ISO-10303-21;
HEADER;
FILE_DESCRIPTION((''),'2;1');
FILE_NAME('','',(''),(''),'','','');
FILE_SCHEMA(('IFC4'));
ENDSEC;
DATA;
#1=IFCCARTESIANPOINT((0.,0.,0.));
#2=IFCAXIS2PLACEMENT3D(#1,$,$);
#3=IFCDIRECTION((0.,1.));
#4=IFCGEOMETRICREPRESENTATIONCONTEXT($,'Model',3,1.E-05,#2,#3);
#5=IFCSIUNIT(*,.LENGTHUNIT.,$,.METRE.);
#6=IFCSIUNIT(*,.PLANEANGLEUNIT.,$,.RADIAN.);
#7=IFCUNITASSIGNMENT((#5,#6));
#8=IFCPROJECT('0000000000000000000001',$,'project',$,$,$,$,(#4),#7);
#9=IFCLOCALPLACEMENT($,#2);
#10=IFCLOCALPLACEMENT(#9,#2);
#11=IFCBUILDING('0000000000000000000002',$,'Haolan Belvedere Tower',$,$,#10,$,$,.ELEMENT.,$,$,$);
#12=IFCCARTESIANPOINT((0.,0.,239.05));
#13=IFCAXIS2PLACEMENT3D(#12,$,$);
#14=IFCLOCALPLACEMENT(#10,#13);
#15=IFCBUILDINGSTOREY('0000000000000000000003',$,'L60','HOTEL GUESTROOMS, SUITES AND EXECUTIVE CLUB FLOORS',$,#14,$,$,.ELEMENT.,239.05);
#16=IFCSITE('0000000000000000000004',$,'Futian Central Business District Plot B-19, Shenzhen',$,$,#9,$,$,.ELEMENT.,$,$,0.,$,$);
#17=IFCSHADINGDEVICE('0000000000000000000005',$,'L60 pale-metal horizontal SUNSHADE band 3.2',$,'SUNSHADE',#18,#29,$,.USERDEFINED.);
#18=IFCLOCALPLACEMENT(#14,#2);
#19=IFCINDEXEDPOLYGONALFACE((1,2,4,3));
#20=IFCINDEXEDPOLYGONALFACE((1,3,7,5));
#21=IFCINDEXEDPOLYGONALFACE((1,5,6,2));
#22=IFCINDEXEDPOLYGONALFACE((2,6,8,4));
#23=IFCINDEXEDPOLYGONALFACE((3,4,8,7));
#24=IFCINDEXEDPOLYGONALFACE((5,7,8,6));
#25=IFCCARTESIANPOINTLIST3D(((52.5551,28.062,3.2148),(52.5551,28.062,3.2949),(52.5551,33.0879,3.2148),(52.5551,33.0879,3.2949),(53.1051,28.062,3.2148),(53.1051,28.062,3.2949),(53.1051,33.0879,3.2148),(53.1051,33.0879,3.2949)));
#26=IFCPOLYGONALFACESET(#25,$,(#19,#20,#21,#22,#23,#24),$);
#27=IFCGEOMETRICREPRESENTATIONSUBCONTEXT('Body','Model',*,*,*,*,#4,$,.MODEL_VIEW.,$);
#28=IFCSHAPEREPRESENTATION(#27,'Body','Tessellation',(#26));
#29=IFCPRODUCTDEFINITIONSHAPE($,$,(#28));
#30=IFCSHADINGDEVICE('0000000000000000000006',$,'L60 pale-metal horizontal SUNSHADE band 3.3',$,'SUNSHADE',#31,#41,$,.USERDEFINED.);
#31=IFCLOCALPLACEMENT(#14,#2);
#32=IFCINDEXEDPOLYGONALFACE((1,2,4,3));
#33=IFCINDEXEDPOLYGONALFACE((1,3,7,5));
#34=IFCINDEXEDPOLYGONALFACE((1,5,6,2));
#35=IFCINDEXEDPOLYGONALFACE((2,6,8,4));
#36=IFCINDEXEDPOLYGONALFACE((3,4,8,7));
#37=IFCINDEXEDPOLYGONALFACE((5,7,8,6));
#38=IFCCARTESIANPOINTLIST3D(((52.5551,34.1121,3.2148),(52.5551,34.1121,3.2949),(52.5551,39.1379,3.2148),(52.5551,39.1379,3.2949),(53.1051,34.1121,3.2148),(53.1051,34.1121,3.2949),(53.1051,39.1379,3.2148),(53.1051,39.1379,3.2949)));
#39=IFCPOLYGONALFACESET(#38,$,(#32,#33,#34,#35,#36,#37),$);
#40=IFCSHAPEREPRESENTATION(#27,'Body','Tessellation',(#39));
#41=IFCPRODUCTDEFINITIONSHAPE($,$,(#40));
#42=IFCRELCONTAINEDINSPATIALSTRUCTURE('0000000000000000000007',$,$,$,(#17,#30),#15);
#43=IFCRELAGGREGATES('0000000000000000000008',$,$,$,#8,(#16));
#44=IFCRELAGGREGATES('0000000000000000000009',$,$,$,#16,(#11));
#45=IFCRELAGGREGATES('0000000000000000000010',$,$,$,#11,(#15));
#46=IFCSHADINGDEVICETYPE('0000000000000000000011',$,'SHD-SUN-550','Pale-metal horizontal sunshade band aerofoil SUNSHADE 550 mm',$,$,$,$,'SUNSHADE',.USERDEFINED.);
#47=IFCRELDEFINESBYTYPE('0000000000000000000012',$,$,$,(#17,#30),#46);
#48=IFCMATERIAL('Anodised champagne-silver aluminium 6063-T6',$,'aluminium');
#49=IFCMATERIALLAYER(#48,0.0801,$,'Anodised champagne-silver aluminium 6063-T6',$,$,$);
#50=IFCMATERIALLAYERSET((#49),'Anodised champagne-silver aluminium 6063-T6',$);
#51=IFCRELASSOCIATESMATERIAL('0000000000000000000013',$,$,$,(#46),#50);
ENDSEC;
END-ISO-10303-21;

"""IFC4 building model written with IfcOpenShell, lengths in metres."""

from ifc_helpers import new_model, si_unit, direction, frame, origin, origin_2d, place, context, subcontext, project, spatial, rectangle, extrude, material, layer, layer_set, type_object, element, save


model = new_model("IFC4")

# Units and contexts
model_context = context("Model", 3, precision=1e-05, world=origin(), true_north=direction((0.0, 1.0)))
body_context = subcontext(model_context, "Body", "Model", "MODEL_VIEW")
ifc_project = project(units=[si_unit("LENGTHUNIT", "METRE"), si_unit("PLANEANGLEUNIT", "RADIAN")], contexts=[model_context])

# Site, building, storey
site_placement = place(None, origin())
site = spatial("IfcSite", under=ifc_project, at=site_placement, Name="Futian Central Business District Plot B-19, Shenzhen", CompositionType="ELEMENT", RefElevation=0.0)
building_placement = place(site_placement, origin())
building = spatial("IfcBuilding", under=site, at=building_placement, Name="Haolan Belvedere Tower", CompositionType="ELEMENT")
storey_placement = place(building_placement, frame((0.0, 0.0, 239.05)))
storey = spatial("IfcBuildingStorey", under=building, at=storey_placement, Name="L60", Description="HOTEL GUESTROOMS, SUITES AND EXECUTIVE CLUB FLOORS", CompositionType="ELEMENT", Elevation=239.05)

# Shading devices
ifc_material_1 = material(Name="Anodised champagne-silver aluminium 6063-T6", Category="aluminium")
ifc_layer_1 = layer(ifc_material_1, 0.0801, Name="Anodised champagne-silver aluminium 6063-T6")
ifc_layer_set_1 = layer_set([ifc_layer_1], Name="Anodised champagne-silver aluminium 6063-T6")
shading_device_type = type_object("IfcShadingDeviceType", Name="SHD-SUN-550", Description="Pale-metal horizontal sunshade band aerofoil SUNSHADE 550 mm", ElementType="SUNSHADE", PredefinedType="USERDEFINED", material=ifc_layer_set_1)
for number, where, z_axis, x_axis, name in (
    (1, (52.8301, 30.575, 3.2148), (0.0, 0.0, 1.0), (0.0, 1.0, 0.0), "L60 pale-metal horizontal SUNSHADE band 3.2"),
    (2, (52.8301, 36.625, 3.2148), (0.0, 0.0, 1.0), (0.0, 1.0, 0.0), "L60 pale-metal horizontal SUNSHADE band 3.3"),
):
    element("IfcShadingDevice", number, at=place(storey_placement, frame(where, z_axis=z_axis, x_axis=x_axis)), inside=storey, type_object=shading_device_type, Name=name, ObjectType="SUNSHADE", PredefinedType="USERDEFINED", context=body_context, shape_type="SweptSolid", body=[
        extrude(rectangle(XDim=5.0259, YDim=0.55, at=origin_2d()), origin(), (0.0, 0.0, 1.0), 0.0801),
    ])

save(model, "model.ifc")
